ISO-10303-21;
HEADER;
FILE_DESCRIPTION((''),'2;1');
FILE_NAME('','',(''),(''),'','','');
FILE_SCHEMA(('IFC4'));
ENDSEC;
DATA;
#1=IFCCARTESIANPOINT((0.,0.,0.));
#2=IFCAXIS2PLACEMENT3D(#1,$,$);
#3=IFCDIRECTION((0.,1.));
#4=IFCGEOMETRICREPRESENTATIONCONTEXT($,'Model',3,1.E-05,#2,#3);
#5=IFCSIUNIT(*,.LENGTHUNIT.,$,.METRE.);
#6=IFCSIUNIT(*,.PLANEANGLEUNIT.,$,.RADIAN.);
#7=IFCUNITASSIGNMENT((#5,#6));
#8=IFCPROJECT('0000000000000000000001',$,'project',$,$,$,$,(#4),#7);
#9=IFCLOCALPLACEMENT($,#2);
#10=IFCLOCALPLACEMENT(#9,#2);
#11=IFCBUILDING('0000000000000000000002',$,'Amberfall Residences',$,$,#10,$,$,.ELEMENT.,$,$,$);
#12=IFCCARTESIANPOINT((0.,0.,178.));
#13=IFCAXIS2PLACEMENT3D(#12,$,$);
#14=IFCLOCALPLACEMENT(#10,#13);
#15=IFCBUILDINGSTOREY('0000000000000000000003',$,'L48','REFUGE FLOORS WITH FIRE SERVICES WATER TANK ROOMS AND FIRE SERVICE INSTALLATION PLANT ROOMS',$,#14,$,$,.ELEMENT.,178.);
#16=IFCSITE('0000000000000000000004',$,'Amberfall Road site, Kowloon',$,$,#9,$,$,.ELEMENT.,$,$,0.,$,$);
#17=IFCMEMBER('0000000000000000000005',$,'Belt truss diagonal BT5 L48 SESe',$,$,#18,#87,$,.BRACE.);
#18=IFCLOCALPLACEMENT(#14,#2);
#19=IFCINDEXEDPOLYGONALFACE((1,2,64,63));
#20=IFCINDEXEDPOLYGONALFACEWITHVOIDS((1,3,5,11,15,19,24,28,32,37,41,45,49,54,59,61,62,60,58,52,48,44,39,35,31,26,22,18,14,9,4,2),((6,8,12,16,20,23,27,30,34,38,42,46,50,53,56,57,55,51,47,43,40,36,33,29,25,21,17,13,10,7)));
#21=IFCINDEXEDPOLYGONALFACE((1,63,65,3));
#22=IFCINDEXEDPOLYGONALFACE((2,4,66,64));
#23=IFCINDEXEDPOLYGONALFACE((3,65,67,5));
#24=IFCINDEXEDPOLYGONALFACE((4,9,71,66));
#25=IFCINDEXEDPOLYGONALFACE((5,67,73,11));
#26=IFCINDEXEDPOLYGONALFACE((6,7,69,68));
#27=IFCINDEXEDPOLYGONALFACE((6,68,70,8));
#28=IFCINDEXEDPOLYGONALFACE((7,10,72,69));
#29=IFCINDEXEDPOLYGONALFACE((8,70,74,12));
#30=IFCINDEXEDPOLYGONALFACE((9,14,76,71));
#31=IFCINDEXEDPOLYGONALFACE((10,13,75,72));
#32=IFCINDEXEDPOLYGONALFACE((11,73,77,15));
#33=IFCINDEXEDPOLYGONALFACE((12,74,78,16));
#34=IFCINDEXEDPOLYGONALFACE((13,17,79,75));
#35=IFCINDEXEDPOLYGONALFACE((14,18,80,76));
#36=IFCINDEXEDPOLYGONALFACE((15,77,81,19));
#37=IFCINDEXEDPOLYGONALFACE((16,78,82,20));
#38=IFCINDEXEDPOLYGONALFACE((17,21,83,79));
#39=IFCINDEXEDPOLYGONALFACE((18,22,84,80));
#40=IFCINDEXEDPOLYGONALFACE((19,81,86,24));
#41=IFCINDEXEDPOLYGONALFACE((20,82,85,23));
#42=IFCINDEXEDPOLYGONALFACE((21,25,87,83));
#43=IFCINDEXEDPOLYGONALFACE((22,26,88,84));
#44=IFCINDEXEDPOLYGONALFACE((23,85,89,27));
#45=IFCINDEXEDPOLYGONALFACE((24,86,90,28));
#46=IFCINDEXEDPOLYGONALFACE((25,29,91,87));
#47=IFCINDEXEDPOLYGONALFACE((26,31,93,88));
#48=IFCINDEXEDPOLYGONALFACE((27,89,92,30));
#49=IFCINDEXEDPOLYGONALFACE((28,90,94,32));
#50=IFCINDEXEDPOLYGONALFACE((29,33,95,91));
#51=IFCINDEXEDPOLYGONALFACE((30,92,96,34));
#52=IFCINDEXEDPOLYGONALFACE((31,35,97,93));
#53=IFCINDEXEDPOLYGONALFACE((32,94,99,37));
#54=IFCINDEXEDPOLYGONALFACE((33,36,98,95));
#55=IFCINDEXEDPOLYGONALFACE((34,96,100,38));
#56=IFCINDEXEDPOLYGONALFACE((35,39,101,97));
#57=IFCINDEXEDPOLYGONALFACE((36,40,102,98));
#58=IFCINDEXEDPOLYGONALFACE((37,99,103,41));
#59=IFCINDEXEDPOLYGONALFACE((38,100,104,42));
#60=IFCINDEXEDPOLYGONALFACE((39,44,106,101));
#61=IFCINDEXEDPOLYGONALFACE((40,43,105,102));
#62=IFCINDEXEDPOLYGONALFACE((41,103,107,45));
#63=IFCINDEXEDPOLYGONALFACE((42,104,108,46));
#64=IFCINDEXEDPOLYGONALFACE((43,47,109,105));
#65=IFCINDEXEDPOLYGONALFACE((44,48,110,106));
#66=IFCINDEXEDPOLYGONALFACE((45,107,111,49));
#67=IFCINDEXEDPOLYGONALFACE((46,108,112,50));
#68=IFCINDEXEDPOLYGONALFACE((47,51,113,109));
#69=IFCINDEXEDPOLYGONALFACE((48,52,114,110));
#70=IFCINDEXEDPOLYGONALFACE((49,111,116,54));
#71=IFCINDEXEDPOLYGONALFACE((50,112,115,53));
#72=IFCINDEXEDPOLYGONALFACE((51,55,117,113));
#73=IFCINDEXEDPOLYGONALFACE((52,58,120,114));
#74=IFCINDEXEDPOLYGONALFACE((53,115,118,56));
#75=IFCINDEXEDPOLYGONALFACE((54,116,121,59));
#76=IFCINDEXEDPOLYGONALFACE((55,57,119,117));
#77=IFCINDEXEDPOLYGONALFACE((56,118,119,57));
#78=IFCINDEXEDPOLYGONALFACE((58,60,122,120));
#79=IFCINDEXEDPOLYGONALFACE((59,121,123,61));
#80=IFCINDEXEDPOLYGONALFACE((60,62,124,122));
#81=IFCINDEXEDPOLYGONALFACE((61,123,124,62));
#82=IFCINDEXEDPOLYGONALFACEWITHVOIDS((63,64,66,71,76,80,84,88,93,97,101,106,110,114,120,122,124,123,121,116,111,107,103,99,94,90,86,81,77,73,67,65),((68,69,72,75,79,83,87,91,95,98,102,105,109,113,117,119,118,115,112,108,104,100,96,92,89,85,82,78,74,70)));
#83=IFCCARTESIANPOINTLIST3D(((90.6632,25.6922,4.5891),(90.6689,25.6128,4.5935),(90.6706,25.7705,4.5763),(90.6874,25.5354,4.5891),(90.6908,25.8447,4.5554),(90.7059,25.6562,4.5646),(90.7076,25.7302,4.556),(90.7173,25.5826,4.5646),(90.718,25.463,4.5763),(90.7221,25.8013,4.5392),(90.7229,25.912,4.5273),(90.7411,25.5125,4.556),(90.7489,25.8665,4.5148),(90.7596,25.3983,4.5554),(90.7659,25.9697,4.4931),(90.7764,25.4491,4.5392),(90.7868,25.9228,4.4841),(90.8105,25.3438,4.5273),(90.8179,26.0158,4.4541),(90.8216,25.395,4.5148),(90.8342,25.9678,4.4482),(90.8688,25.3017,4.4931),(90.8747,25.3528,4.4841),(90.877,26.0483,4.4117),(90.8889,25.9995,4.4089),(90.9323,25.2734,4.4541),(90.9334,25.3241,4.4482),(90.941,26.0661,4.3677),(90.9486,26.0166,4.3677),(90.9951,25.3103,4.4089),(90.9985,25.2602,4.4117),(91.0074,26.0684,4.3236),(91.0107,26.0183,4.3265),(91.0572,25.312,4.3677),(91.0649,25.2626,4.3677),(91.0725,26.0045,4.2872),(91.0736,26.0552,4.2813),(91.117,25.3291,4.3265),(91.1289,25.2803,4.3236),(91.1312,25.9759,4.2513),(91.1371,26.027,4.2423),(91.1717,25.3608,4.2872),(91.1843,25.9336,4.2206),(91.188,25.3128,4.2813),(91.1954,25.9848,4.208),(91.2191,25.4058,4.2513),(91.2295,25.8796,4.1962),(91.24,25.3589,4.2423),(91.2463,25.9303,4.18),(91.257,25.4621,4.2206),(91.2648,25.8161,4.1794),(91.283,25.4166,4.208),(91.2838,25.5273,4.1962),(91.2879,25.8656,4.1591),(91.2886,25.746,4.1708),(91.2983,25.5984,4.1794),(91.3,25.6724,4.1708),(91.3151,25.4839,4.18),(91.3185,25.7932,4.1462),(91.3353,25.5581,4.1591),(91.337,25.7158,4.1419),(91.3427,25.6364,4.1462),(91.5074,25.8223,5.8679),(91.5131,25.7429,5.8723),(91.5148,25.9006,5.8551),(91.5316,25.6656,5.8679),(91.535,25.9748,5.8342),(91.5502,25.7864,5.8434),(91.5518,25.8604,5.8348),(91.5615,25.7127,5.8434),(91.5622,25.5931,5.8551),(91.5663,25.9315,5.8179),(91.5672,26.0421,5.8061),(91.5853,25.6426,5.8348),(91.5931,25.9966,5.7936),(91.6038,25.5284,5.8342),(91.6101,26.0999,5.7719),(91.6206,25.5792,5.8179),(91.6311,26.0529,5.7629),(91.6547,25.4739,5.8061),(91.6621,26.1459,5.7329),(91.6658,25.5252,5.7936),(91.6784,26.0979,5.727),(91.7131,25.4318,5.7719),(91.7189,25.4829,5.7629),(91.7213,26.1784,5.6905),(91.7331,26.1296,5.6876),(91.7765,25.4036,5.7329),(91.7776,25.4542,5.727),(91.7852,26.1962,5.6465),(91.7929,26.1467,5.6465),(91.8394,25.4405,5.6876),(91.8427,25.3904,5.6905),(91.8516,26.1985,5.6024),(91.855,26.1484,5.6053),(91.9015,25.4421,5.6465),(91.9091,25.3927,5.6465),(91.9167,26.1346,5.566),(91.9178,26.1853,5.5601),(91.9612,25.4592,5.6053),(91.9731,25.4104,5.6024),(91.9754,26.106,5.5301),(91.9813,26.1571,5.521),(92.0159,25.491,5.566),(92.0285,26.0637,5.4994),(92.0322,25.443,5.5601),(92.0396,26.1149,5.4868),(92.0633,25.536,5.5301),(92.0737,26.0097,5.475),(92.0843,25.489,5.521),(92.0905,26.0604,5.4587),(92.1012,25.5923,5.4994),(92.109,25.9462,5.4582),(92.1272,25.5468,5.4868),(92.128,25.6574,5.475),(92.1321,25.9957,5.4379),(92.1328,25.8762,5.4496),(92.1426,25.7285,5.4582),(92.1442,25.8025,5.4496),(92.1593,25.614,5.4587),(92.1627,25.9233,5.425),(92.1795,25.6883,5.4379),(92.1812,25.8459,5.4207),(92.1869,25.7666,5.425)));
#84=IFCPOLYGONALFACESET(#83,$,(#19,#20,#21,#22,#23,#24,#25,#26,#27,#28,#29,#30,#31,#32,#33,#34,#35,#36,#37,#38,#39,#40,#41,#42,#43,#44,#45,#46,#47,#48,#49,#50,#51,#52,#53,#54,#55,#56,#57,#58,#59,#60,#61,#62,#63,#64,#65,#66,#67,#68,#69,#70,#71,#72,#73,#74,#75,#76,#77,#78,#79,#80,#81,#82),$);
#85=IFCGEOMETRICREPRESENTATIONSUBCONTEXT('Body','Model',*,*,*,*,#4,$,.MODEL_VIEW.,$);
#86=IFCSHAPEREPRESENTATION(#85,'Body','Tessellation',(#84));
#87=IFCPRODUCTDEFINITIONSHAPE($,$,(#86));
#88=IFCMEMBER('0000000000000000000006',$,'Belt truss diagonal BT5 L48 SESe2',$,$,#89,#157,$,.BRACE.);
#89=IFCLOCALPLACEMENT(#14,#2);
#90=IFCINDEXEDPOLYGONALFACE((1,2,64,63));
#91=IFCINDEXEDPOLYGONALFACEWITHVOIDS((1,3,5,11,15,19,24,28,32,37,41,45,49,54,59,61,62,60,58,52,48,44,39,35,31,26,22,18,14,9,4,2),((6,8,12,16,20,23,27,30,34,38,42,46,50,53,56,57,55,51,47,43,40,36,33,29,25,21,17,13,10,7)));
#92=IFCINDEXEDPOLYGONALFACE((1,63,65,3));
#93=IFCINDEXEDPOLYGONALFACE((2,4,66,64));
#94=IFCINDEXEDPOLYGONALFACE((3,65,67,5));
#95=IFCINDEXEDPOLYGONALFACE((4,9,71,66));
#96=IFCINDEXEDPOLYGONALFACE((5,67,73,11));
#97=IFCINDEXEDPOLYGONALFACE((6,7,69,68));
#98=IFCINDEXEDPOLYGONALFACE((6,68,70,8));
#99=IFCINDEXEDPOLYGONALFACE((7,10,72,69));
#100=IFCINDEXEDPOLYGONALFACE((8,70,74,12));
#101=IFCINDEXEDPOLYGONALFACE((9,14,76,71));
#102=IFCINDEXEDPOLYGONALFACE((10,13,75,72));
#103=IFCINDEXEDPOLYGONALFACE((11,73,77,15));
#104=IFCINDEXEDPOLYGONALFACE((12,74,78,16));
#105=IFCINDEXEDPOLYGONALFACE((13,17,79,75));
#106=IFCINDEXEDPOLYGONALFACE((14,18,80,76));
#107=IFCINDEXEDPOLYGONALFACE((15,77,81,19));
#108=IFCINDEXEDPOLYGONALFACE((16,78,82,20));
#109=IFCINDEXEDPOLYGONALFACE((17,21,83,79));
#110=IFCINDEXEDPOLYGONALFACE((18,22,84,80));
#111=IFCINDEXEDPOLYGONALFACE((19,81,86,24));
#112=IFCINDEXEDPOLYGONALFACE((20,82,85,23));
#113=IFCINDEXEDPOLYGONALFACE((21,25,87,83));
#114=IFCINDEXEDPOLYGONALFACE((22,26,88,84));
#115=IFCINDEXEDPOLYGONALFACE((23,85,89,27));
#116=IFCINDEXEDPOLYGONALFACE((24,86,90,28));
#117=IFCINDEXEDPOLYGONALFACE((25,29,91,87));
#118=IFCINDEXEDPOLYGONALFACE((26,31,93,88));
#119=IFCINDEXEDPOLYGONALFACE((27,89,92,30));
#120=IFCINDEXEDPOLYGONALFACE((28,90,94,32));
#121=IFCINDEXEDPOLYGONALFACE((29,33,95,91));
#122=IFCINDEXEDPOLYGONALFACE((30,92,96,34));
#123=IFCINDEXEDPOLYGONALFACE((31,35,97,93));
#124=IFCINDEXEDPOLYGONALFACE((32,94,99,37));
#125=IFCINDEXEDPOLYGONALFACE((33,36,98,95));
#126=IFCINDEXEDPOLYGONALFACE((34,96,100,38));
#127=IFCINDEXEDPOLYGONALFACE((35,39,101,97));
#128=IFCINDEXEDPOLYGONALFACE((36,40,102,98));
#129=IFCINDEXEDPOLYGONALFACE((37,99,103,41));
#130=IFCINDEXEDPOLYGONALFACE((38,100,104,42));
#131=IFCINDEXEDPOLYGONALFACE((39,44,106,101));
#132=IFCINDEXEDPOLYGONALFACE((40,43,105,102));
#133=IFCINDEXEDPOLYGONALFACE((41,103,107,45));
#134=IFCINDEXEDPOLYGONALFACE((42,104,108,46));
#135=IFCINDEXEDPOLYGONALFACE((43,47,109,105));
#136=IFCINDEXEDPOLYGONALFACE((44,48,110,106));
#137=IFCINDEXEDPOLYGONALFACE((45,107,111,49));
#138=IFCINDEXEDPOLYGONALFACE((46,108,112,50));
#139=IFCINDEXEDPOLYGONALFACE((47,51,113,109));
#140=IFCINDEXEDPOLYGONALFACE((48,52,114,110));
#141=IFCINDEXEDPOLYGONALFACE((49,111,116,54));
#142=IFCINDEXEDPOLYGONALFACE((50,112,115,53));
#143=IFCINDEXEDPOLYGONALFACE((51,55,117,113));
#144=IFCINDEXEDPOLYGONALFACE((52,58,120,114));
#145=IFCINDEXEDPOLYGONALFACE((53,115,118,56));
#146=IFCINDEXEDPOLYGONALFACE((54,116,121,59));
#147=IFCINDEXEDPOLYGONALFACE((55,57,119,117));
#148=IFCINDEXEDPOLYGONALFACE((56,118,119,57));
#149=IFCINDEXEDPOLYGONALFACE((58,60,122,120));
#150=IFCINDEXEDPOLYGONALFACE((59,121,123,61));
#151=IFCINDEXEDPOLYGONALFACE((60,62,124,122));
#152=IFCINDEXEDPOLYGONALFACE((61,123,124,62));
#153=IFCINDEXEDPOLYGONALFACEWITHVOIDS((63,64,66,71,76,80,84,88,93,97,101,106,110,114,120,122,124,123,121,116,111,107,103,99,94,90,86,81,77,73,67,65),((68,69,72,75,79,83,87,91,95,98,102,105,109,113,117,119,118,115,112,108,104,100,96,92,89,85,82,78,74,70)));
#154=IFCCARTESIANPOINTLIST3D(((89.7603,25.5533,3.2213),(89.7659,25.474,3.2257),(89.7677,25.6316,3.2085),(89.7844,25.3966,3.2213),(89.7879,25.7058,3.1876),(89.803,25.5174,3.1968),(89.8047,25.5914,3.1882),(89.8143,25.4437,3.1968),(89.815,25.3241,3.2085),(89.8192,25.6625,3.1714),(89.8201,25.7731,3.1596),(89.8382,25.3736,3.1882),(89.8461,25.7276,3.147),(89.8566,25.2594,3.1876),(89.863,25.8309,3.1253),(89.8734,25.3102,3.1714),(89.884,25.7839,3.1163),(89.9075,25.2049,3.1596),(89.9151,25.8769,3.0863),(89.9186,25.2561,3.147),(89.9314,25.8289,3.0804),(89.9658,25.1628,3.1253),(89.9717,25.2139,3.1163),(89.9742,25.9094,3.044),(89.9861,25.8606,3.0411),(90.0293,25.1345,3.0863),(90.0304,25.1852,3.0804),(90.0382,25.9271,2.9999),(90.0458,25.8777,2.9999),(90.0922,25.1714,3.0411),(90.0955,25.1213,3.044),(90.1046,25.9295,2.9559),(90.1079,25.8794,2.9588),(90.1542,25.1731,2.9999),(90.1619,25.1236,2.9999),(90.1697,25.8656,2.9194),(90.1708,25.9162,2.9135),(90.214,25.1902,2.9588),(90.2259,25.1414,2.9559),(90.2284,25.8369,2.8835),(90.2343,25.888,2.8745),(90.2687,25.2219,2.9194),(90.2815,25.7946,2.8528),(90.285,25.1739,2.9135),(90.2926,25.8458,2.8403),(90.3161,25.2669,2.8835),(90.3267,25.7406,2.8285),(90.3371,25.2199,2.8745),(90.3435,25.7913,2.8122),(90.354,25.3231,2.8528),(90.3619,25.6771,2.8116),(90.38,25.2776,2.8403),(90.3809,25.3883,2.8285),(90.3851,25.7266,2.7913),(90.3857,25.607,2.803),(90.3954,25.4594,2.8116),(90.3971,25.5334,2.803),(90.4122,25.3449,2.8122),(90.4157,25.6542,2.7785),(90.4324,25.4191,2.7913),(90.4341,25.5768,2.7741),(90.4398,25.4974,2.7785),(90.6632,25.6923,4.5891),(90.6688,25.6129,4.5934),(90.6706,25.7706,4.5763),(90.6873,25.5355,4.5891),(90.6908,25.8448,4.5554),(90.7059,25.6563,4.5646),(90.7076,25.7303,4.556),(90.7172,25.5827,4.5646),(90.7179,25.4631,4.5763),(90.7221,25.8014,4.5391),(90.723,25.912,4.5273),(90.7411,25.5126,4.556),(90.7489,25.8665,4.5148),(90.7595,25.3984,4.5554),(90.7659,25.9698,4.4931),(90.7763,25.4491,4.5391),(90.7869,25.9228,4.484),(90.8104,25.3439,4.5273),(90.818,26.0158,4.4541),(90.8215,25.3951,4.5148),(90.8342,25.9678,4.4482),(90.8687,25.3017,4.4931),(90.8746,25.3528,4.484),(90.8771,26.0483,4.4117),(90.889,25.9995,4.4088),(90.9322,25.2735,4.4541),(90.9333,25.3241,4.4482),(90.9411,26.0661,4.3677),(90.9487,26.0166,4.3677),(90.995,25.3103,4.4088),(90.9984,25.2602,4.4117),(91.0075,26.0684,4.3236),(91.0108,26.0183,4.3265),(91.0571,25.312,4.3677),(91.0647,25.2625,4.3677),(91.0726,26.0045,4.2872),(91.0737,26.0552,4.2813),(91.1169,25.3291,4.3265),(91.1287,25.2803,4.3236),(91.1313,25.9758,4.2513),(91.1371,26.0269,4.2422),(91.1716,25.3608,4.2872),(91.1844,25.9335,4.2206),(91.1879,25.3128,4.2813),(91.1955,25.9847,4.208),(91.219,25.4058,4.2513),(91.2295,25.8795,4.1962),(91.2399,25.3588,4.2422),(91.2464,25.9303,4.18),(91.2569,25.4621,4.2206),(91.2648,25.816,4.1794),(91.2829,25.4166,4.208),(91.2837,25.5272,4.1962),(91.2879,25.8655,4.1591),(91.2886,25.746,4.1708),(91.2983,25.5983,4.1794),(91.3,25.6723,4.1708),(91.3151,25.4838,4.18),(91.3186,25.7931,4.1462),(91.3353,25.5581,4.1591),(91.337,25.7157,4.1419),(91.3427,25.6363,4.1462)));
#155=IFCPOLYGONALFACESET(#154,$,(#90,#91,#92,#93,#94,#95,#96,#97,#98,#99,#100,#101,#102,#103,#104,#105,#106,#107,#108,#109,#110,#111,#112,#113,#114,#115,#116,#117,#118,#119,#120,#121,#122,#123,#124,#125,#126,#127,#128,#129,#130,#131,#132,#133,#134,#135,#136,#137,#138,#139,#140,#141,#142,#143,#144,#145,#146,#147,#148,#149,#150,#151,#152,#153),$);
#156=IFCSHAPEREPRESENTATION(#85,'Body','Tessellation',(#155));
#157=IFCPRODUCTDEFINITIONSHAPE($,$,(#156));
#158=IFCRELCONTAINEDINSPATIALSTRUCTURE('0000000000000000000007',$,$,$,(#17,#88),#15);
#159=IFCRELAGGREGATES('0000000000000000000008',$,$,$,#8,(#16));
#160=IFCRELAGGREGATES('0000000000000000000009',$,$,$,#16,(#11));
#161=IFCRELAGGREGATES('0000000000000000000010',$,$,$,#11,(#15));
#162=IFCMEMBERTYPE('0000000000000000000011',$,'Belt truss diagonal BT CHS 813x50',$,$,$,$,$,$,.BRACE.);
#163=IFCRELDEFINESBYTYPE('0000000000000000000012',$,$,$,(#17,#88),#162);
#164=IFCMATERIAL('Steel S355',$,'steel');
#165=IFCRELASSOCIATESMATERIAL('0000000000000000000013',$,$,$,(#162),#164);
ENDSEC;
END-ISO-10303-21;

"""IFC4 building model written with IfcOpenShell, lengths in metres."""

from ifc_helpers import new_model, si_unit, direction, frame, origin, origin_2d, place, context, subcontext, project, spatial, hollow_circle, extrude, material, material_profile, profile_set, type_object, element, save


model = new_model("IFC4")

# Units and contexts
model_context = context("Model", 3, precision=1e-05, world=origin(), true_north=direction((0.0, 1.0)))
body_context = subcontext(model_context, "Body", "Model", "MODEL_VIEW")
ifc_project = project(units=[si_unit("LENGTHUNIT", "METRE"), si_unit("PLANEANGLEUNIT", "RADIAN")], contexts=[model_context])

# Site, building, storey
site_placement = place(None, origin())
site = spatial("IfcSite", under=ifc_project, at=site_placement, Name="Amberfall Road site, Kowloon", CompositionType="ELEMENT", RefElevation=0.0)
building_placement = place(site_placement, origin())
building = spatial("IfcBuilding", under=site, at=building_placement, Name="Amberfall Residences", CompositionType="ELEMENT")
storey_placement = place(building_placement, frame((0.0, 0.0, 178.0)))
storey = spatial("IfcBuildingStorey", under=building, at=storey_placement, Name="L48", Description="REFUGE FLOORS WITH FIRE SERVICES WATER TANK ROOMS AND FIRE SERVICE INSTALLATION PLANT ROOMS", CompositionType="ELEMENT", Elevation=178.0)

# Shared definitions
ifc_material = material(Name="Steel S355", Category="steel")

# Members
ifc_material_profile_1 = material_profile(ifc_material, hollow_circle(Radius=0.4065, WallThickness=0.05, at=origin_2d()), Name="CHS 813x50")
ifc_profile_set_1 = profile_set([ifc_material_profile_1], Name="Steel S355")
member_type_1 = type_object("IfcMemberType", Name="Belt truss diagonal BT CHS 813x50", PredefinedType="BRACE", material=ifc_profile_set_1)
member_1_placement = place(storey_placement, frame((91.8472, 25.7944, 5.6465), z_axis=(-0.548968, -0.084615, -0.831549), x_axis=(0.152336, -0.988329, 0.0)))
element("IfcMember", 1, at=member_1_placement, inside=storey, type_object=member_type_1, Name="Belt truss diagonal BT5 L48 SESe", PredefinedType="BRACE", context=body_context, shape_type="SweptSolid", body=[
    extrude(hollow_circle(Radius=0.4065, WallThickness=0.05, at=origin_2d()), origin(), (0.0, 0.0, 1.0), 1.5378),
])
member_2_placement = place(storey_placement, frame((91.0029, 25.6643, 4.3677), z_axis=(-0.548944, -0.084464, -0.831581), x_axis=(0.152077, -0.988369, 0.0)))
element("IfcMember", 2, at=member_2_placement, inside=storey, type_object=member_type_1, Name="Belt truss diagonal BT5 L48 SESe2", PredefinedType="BRACE", context=body_context, shape_type="SweptSolid", body=[
    extrude(hollow_circle(Radius=0.4065, WallThickness=0.05, at=origin_2d()), origin(), (0.0, 0.0, 1.0), 1.6448),
])

save(model, "model.ifc")
